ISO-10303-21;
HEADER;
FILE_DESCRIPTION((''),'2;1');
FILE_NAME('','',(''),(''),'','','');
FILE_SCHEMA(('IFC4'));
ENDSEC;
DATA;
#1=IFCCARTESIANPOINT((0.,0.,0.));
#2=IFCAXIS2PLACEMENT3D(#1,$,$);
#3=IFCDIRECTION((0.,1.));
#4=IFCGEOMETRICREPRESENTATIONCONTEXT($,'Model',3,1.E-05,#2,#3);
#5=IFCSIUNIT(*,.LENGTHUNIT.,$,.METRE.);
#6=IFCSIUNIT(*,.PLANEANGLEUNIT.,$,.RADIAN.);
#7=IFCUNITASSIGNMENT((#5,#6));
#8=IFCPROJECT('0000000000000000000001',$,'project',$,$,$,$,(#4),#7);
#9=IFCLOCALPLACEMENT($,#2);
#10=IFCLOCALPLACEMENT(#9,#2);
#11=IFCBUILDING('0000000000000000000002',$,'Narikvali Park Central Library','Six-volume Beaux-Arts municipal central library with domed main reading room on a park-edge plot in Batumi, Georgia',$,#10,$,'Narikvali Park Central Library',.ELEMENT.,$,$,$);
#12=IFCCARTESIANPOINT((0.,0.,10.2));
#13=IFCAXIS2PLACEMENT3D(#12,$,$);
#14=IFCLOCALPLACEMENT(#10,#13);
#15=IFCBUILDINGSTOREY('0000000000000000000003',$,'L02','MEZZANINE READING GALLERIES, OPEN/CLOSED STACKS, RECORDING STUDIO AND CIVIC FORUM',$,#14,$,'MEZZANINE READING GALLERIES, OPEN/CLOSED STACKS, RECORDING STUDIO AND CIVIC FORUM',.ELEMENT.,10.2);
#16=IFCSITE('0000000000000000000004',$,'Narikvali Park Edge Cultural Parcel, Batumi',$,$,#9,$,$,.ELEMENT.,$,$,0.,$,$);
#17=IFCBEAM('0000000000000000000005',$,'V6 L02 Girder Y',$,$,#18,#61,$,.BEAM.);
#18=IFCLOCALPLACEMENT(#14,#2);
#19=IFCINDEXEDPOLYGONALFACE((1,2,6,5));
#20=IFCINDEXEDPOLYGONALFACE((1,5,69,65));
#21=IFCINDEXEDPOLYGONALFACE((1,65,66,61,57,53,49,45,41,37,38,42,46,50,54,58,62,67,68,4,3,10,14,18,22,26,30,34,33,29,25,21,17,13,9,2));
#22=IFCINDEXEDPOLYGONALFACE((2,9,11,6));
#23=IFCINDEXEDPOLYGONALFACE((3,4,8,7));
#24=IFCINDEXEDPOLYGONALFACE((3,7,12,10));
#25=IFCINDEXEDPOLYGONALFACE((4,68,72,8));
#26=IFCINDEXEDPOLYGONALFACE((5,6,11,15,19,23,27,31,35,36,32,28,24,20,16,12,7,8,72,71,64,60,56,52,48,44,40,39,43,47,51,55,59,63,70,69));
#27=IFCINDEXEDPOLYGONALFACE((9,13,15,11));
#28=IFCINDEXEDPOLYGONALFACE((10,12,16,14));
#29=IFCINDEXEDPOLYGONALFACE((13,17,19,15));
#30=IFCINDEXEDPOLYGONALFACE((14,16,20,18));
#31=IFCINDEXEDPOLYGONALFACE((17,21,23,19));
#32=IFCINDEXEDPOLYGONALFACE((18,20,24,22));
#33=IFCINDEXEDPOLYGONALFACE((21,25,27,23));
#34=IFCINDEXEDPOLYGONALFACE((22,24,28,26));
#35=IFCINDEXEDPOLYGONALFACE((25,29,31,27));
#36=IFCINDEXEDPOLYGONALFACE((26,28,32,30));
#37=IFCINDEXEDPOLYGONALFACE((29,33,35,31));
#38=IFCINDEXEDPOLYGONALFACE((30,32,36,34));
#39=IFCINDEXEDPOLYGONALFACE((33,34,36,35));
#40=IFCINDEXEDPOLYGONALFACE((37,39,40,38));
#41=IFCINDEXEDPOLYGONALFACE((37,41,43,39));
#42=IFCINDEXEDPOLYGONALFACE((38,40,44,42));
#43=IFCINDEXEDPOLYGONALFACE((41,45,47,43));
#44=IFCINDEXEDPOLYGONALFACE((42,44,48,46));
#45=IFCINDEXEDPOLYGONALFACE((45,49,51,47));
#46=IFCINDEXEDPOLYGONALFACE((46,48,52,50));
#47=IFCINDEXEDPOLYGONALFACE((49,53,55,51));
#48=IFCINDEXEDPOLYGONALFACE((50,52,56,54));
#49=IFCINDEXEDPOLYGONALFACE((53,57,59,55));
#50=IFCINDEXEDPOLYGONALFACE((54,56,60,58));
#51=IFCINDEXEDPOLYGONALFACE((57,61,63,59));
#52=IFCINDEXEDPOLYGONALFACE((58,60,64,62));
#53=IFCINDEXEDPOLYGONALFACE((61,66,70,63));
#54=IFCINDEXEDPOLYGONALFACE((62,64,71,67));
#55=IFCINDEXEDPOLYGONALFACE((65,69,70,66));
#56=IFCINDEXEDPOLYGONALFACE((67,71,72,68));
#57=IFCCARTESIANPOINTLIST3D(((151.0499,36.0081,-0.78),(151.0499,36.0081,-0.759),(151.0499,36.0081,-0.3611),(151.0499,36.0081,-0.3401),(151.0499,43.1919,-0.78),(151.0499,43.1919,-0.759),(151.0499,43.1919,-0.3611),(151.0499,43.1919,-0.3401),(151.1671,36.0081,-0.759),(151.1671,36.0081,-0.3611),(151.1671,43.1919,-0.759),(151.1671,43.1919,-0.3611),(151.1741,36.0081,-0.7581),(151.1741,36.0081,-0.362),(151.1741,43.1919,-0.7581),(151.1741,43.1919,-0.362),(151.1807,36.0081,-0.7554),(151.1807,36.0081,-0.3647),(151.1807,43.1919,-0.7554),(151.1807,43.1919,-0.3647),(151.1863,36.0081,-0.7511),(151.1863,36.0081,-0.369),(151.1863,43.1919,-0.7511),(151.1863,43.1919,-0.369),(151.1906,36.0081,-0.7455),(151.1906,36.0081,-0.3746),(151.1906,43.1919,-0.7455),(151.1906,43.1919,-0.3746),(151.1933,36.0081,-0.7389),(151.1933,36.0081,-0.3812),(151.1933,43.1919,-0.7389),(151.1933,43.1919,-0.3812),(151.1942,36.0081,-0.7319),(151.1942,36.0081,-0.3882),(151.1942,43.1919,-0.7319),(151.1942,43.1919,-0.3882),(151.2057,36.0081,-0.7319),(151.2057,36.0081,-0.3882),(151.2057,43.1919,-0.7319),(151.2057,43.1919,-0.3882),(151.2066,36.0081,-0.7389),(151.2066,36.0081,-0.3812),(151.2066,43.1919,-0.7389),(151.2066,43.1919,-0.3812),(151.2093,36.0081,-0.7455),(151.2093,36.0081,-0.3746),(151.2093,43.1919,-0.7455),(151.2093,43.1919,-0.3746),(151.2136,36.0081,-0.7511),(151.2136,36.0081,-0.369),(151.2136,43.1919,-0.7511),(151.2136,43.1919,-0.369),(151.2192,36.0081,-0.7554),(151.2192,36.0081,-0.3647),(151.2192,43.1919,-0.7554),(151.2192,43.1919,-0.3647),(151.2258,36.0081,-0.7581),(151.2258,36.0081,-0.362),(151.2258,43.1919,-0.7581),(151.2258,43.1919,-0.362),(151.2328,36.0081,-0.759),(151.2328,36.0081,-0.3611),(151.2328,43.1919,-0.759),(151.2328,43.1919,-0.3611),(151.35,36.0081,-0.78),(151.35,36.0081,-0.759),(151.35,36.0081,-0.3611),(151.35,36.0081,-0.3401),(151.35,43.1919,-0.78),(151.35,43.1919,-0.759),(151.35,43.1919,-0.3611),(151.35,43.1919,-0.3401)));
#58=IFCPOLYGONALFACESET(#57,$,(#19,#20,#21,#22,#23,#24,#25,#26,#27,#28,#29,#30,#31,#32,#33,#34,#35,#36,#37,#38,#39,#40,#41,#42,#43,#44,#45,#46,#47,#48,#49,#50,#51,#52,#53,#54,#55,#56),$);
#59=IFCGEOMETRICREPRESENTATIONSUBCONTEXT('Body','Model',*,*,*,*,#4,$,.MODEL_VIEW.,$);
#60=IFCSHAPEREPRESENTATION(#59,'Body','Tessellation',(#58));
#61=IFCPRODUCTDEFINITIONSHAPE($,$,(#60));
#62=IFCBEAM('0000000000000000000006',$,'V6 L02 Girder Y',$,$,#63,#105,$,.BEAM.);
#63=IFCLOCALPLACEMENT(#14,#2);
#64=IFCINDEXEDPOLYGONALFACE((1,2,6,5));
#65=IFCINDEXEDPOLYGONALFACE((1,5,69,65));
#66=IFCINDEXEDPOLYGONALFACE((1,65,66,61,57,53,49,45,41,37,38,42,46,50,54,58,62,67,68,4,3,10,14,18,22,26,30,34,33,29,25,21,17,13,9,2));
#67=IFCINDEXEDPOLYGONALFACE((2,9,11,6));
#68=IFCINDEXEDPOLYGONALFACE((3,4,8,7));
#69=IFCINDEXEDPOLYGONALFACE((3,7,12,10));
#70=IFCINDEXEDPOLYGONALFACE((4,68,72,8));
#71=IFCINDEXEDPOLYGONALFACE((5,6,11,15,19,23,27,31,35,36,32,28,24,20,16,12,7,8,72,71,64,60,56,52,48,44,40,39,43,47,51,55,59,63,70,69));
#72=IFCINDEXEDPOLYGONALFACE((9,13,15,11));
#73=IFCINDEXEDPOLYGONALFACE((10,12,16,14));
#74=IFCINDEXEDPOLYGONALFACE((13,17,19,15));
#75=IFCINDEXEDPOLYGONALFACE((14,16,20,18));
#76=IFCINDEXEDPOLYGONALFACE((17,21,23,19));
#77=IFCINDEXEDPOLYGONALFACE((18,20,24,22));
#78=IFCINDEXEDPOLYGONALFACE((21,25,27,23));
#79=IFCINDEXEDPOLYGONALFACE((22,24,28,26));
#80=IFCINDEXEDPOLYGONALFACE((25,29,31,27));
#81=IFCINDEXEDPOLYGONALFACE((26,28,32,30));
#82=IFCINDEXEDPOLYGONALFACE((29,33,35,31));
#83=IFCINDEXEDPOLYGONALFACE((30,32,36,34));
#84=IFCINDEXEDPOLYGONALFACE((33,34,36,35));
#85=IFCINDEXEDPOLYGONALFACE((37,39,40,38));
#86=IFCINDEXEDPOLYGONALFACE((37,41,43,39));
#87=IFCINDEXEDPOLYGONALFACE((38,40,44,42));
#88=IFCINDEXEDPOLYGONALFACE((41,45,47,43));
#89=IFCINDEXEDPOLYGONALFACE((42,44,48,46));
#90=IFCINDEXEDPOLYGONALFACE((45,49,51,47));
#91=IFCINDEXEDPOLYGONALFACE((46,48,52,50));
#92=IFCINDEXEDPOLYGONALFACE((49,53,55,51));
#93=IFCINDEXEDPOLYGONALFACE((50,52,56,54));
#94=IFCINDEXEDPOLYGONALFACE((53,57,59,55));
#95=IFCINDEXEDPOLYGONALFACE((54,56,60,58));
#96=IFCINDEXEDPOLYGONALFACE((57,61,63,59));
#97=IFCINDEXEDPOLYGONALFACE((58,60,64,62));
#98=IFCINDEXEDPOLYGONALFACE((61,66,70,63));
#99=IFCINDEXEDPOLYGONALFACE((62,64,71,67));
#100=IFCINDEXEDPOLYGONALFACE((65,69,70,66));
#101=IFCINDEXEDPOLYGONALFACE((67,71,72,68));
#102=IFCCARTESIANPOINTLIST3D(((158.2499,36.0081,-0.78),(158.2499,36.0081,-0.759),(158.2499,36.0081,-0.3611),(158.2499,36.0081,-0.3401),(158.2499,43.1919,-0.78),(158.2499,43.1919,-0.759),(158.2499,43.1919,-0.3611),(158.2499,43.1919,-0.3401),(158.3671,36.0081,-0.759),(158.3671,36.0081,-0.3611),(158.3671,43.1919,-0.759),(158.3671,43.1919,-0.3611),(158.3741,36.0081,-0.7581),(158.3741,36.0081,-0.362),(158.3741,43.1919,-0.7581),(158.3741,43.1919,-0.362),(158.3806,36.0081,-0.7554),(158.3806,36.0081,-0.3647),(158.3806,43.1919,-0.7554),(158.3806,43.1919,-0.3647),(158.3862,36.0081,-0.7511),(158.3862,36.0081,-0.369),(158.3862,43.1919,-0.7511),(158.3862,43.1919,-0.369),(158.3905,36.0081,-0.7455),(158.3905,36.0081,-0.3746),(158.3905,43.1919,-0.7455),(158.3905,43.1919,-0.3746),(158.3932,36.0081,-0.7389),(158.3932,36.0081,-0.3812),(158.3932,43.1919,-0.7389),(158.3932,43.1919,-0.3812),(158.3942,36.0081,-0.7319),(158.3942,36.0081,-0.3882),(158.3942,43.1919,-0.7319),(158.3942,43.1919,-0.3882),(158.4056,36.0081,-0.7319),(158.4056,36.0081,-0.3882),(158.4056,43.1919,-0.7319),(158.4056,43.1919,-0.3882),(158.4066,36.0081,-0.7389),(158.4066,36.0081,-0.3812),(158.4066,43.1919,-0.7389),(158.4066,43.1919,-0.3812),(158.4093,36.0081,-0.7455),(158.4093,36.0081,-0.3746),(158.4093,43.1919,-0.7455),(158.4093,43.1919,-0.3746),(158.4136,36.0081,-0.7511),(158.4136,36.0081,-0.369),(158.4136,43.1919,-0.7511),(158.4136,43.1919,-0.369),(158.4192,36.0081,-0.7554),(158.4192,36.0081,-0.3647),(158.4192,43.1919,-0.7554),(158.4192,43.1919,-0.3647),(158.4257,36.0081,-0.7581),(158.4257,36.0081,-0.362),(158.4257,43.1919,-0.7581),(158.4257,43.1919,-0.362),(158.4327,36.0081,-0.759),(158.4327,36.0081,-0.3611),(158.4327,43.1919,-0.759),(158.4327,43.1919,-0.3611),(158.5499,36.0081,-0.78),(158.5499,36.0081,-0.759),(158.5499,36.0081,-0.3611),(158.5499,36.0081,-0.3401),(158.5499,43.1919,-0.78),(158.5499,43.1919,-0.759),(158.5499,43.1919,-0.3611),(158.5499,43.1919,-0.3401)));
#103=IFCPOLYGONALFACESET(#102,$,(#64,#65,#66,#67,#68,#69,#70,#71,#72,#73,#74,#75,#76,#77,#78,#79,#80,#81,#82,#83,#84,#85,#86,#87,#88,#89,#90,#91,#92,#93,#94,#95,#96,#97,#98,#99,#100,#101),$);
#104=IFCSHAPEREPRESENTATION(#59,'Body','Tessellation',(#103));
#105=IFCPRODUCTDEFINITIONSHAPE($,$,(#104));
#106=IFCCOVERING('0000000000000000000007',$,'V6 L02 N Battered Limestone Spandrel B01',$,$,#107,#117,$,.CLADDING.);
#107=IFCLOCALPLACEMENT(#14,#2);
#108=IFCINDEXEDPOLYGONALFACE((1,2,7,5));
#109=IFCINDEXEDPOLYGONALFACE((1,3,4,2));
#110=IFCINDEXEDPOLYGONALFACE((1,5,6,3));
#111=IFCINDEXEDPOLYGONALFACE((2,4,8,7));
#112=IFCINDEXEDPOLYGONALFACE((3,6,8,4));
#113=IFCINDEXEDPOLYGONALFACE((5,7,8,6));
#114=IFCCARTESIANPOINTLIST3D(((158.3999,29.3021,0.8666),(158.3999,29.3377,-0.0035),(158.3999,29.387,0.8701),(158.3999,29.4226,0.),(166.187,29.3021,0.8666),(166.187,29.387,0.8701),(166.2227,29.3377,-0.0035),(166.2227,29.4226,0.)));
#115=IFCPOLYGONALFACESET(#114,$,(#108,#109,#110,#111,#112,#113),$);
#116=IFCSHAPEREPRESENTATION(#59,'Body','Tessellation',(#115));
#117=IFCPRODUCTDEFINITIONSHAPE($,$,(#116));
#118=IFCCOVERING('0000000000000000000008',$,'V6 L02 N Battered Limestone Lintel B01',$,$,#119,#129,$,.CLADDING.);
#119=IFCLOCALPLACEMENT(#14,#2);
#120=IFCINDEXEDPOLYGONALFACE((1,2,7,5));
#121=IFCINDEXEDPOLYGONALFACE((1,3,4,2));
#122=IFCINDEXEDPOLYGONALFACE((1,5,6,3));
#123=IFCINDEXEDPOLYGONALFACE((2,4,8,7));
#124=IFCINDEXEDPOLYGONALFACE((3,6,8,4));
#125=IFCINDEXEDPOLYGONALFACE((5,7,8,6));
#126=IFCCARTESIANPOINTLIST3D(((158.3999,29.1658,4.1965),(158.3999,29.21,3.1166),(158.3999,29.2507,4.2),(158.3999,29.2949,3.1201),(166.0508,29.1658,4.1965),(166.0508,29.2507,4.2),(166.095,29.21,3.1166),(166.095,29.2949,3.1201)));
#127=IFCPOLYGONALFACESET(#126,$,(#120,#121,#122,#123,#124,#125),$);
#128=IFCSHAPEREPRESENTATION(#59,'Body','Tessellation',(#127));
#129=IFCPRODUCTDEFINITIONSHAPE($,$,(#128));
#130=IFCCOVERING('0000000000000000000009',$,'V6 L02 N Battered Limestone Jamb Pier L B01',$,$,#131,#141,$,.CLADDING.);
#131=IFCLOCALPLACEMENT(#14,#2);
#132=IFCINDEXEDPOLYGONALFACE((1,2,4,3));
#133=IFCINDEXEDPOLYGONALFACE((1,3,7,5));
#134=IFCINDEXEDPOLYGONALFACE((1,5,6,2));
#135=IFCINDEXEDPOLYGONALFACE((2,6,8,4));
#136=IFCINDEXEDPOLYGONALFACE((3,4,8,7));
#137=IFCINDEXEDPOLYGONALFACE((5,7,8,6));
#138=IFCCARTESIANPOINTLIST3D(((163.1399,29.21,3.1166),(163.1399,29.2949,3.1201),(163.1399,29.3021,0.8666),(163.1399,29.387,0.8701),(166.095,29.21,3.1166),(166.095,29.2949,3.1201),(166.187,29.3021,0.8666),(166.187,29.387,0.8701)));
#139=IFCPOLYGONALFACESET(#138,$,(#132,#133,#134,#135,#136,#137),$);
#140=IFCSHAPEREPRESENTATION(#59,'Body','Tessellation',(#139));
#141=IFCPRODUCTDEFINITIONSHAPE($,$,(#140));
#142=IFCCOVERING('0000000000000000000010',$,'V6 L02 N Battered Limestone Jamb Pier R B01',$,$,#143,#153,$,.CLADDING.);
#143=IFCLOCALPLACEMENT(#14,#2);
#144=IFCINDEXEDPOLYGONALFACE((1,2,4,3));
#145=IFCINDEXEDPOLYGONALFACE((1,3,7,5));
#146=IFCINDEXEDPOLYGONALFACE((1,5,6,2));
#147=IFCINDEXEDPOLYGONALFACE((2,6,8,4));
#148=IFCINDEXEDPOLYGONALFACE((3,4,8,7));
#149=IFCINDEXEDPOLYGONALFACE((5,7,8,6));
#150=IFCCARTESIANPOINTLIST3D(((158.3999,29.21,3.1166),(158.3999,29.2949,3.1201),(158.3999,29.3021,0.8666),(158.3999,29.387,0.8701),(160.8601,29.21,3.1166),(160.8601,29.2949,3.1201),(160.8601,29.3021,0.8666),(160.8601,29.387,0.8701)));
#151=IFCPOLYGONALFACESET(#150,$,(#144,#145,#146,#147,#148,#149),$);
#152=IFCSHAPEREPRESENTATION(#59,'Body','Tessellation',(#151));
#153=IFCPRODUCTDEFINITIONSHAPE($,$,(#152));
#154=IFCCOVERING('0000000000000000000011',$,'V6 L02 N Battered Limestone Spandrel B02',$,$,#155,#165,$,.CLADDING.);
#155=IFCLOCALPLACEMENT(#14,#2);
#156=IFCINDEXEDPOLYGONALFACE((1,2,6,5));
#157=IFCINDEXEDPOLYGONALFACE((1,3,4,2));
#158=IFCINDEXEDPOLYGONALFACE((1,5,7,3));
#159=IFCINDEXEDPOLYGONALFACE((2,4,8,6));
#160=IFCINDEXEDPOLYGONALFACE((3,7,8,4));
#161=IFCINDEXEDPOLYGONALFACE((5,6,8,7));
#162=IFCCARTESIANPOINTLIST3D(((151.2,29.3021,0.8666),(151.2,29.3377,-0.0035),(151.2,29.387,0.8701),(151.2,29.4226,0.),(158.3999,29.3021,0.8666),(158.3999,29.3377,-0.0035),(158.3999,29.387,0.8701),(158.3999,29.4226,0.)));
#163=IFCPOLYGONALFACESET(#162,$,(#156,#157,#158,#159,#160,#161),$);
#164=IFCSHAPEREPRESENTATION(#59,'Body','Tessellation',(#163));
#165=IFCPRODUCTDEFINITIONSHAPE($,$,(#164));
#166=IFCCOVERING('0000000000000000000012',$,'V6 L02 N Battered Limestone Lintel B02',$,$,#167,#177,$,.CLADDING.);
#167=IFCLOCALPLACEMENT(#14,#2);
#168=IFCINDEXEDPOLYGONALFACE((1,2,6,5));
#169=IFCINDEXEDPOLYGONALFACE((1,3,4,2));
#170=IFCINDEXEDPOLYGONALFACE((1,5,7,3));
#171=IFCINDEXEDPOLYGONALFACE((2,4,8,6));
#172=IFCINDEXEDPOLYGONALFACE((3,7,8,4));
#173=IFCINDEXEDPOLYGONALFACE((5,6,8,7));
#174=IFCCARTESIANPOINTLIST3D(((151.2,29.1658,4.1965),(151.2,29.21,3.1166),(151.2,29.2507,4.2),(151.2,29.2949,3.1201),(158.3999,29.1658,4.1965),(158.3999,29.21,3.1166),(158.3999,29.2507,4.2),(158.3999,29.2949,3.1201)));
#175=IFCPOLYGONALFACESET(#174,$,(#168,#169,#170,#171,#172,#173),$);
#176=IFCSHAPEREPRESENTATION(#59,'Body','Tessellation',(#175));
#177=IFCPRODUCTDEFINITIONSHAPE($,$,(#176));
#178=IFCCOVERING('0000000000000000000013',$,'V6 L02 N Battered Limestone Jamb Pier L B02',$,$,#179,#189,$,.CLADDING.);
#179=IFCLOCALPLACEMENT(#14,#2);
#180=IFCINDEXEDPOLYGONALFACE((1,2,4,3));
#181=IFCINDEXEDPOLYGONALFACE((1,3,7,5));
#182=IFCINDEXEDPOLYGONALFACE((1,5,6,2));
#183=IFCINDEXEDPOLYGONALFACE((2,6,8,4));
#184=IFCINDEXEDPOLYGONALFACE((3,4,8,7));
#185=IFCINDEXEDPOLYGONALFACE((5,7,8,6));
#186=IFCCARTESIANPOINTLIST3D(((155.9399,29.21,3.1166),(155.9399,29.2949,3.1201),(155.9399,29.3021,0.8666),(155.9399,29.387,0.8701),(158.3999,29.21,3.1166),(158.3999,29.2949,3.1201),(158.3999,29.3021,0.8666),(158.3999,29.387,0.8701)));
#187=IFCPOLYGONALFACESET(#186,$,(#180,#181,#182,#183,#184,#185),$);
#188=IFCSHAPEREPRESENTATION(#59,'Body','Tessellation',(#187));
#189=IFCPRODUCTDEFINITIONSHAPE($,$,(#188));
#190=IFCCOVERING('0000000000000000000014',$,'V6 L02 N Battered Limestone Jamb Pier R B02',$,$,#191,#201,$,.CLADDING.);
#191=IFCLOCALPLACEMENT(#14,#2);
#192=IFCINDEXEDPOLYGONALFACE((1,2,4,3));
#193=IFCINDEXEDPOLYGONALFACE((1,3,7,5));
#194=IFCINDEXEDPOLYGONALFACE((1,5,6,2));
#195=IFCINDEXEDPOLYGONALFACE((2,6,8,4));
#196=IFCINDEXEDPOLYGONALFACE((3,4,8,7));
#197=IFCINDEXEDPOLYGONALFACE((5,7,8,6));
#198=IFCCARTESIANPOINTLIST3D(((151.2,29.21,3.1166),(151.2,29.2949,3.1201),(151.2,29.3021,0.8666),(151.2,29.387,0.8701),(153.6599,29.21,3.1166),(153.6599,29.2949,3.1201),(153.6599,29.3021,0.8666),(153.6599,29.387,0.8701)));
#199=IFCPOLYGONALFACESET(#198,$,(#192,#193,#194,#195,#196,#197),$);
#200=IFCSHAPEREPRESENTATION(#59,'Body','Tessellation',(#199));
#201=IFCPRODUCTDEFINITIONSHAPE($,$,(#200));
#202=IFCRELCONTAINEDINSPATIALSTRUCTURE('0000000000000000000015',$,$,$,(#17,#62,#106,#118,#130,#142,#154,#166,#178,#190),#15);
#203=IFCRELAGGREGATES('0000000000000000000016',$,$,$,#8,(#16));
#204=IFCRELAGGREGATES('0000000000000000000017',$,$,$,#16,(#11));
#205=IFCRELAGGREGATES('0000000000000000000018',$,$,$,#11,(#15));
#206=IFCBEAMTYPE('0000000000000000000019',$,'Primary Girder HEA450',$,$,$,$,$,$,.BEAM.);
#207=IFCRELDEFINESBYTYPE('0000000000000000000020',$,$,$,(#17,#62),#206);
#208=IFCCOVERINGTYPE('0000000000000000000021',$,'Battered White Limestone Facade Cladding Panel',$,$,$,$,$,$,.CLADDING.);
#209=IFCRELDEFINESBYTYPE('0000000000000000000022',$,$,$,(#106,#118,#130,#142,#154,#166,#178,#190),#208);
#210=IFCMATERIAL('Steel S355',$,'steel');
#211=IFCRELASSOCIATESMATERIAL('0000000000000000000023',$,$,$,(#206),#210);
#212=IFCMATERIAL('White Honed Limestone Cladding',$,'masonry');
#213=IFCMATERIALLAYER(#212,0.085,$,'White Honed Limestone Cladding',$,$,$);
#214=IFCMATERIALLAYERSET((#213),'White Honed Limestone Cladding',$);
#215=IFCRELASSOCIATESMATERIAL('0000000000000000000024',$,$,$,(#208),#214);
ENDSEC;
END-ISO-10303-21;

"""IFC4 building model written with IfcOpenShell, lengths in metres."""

from ifc_helpers import new_model, si_unit, direction, frame, origin, origin_2d, place, context, subcontext, project, spatial, polyline, i_section, outline, extrude, material, layer, layer_set, material_profile, profile_set, type_object, element, save


model = new_model("IFC4")

# Units and contexts
model_context = context("Model", 3, precision=1e-05, world=origin(), true_north=direction((0.0, 1.0)))
body_context = subcontext(model_context, "Body", "Model", "MODEL_VIEW")
ifc_project = project(units=[si_unit("LENGTHUNIT", "METRE"), si_unit("PLANEANGLEUNIT", "RADIAN")], contexts=[model_context])

# Site, building, storey
site_placement = place(None, origin())
site = spatial("IfcSite", under=ifc_project, at=site_placement, Name="Narikvali Park Edge Cultural Parcel, Batumi", CompositionType="ELEMENT", RefElevation=0.0)
building_placement = place(site_placement, origin())
building = spatial("IfcBuilding", under=site, at=building_placement, Name="Narikvali Park Central Library", Description="Six-volume Beaux-Arts municipal central library with domed main reading room on a park-edge plot in Batumi, Georgia", LongName="Narikvali Park Central Library", CompositionType="ELEMENT")
storey_placement = place(building_placement, frame((0.0, 0.0, 10.2)))
storey = spatial("IfcBuildingStorey", under=building, at=storey_placement, Name="L02", Description="MEZZANINE READING GALLERIES, OPEN/CLOSED STACKS, RECORDING STUDIO AND CIVIC FORUM", LongName="MEZZANINE READING GALLERIES, OPEN/CLOSED STACKS, RECORDING STUDIO AND CIVIC FORUM", CompositionType="ELEMENT", Elevation=10.2)

# Beams
ifc_material_1 = material(Name="Steel S355", Category="steel")
ifc_material_profile_1 = material_profile(ifc_material_1, i_section(OverallWidth=0.3, OverallDepth=0.4399, WebThickness=0.0115, FlangeThickness=0.021, FilletRadius=0.0271, at=origin_2d()), Name="HEA 450")
ifc_profile_set_1 = profile_set([ifc_material_profile_1], Name="Steel S355")
beam_type_1 = type_object("IfcBeamType", Name="Primary Girder HEA450", PredefinedType="BEAM", material=ifc_profile_set_1)
for number, where, z_axis, x_axis, name in (
    (1, (151.2, 36.0081, -0.5601), (0.0, 1.0, 0.0), (-1.0, 0.0, 0.0), "V6 L02 Girder Y"),
    (2, (158.3999, 36.0081, -0.5601), (0.0, 1.0, 0.0), (-1.0, 0.0, 0.0), "V6 L02 Girder Y"),
):
    element("IfcBeam", number, at=place(storey_placement, frame(where, z_axis=z_axis, x_axis=x_axis)), inside=storey, type_object=beam_type_1, Name=name, PredefinedType="BEAM", context=body_context, shape_type="SweptSolid", body=[
        extrude(i_section(OverallWidth=0.3, OverallDepth=0.4399, WebThickness=0.0115, FlangeThickness=0.021, FilletRadius=0.0271, at=origin_2d()), origin(), (0.0, 0.0, 1.0), 7.1838),
    ])

# Coverings
ifc_material_2 = material(Name="White Honed Limestone Cladding", Category="masonry")
ifc_layer_1 = layer(ifc_material_2, 0.085, Name="White Honed Limestone Cladding")
ifc_layer_set_1 = layer_set([ifc_layer_1], Name="White Honed Limestone Cladding")
covering_type = type_object("IfcCoveringType", Name="Battered White Limestone Facade Cladding Panel", PredefinedType="CLADDING", material=ifc_layer_set_1)
covering_1_placement = place(storey_placement, frame((166.2227, 29.4226, 0.0), z_axis=(0.0, 0.999162, 0.040931), x_axis=(-1.0, 0.0, 0.0)))
element("IfcCovering", 3, at=covering_1_placement, inside=storey, type_object=covering_type, Name="V6 L02 N Battered Limestone Spandrel B01", PredefinedType="CLADDING", context=body_context, shape_type="SweptSolid", body=[
    extrude(outline(polyline([(0.0, 0.0), (7.8228, 0.0), (7.8228, 0.8708), (0.0356, 0.8708), (0.0, 0.0)])), origin(), (0.0, 0.0, -1.0), 0.085),
])
covering_2_placement = place(storey_placement, frame((166.095, 29.2949, 3.1201), z_axis=(0.0, 0.999164, 0.040888), x_axis=(-1.0, 0.0, 0.0)))
element("IfcCovering", 4, at=covering_2_placement, inside=storey, type_object=covering_type, Name="V6 L02 N Battered Limestone Lintel B01", PredefinedType="CLADDING", context=body_context, shape_type="SweptSolid", body=[
    extrude(outline(polyline([(0.0, 0.0), (7.6951, 0.0), (7.6951, 1.0807), (0.0442, 1.0807), (0.0, 0.0)])), origin(), (0.0, 0.0, -1.0), 0.085),
])
covering_3_placement = place(storey_placement, frame((166.187, 29.387, 0.8701), z_axis=(0.0, 0.999164, 0.040873), x_axis=(-1.0, 0.0, 0.0)))
element("IfcCovering", 5, at=covering_3_placement, inside=storey, type_object=covering_type, Name="V6 L02 N Battered Limestone Jamb Pier L B01", PredefinedType="CLADDING", context=body_context, shape_type="SweptSolid", body=[
    extrude(outline(polyline([(0.0, 0.0), (3.0471, 0.0), (3.0471, 2.2519), (0.092, 2.2519), (0.0, 0.0)])), origin(), (0.0, 0.0, -1.0), 0.085),
])
covering_4_placement = place(storey_placement, frame((160.8601, 29.387, 0.8701), z_axis=(0.0, 0.999164, 0.040873), x_axis=(-1.0, 0.0, 0.0)))
element("IfcCovering", 6, at=covering_4_placement, inside=storey, type_object=covering_type, Name="V6 L02 N Battered Limestone Jamb Pier R B01", PredefinedType="CLADDING", context=body_context, shape_type="SweptSolid", body=[
    extrude(outline(polyline([(0.0, 0.0), (2.4602, 0.0), (2.4602, 2.2519), (0.0, 2.2519), (0.0, 0.0)])), origin(), (0.0, 0.0, -1.0), 0.085),
])
covering_5_placement = place(storey_placement, frame((158.3999, 29.4226, 0.0), z_axis=(0.0, 0.999162, 0.040931), x_axis=(-1.0, 0.0, 0.0)))
element("IfcCovering", 7, at=covering_5_placement, inside=storey, type_object=covering_type, Name="V6 L02 N Battered Limestone Spandrel B02", PredefinedType="CLADDING", context=body_context, shape_type="SweptSolid", body=[
    extrude(outline(polyline([(0.0, 0.0), (7.2, 0.0), (7.2, 0.8708), (0.0, 0.8708), (0.0, 0.0)])), origin(), (0.0, 0.0, -1.0), 0.085),
])
covering_6_placement = place(storey_placement, frame((158.3999, 29.2949, 3.1201), z_axis=(0.0, 0.999164, 0.040888), x_axis=(-1.0, 0.0, 0.0)))
element("IfcCovering", 8, at=covering_6_placement, inside=storey, type_object=covering_type, Name="V6 L02 N Battered Limestone Lintel B02", PredefinedType="CLADDING", context=body_context, shape_type="SweptSolid", body=[
    extrude(outline(polyline([(0.0, 0.0), (7.2, 0.0), (7.2, 1.0807), (0.0, 1.0807), (0.0, 0.0)])), origin(), (0.0, 0.0, -1.0), 0.085),
])
for number, where, z_axis, x_axis, name in (
    (9, (158.3999, 29.387, 0.8701), (0.0, 0.999164, 0.040873), (-1.0, 0.0, 0.0), "V6 L02 N Battered Limestone Jamb Pier L B02"),
    (10, (153.6599, 29.387, 0.8701), (0.0, 0.999164, 0.040873), (-1.0, 0.0, 0.0), "V6 L02 N Battered Limestone Jamb Pier R B02"),
):
    element("IfcCovering", number, at=place(storey_placement, frame(where, z_axis=z_axis, x_axis=x_axis)), inside=storey, type_object=covering_type, Name=name, PredefinedType="CLADDING", context=body_context, shape_type="SweptSolid", body=[
        extrude(outline(polyline([(0.0, 0.0), (2.46, 0.0), (2.46, 2.2519), (0.0, 2.2519), (0.0, 0.0)])), origin(), (0.0, 0.0, -1.0), 0.085),
    ])

save(model, "model.ifc")
